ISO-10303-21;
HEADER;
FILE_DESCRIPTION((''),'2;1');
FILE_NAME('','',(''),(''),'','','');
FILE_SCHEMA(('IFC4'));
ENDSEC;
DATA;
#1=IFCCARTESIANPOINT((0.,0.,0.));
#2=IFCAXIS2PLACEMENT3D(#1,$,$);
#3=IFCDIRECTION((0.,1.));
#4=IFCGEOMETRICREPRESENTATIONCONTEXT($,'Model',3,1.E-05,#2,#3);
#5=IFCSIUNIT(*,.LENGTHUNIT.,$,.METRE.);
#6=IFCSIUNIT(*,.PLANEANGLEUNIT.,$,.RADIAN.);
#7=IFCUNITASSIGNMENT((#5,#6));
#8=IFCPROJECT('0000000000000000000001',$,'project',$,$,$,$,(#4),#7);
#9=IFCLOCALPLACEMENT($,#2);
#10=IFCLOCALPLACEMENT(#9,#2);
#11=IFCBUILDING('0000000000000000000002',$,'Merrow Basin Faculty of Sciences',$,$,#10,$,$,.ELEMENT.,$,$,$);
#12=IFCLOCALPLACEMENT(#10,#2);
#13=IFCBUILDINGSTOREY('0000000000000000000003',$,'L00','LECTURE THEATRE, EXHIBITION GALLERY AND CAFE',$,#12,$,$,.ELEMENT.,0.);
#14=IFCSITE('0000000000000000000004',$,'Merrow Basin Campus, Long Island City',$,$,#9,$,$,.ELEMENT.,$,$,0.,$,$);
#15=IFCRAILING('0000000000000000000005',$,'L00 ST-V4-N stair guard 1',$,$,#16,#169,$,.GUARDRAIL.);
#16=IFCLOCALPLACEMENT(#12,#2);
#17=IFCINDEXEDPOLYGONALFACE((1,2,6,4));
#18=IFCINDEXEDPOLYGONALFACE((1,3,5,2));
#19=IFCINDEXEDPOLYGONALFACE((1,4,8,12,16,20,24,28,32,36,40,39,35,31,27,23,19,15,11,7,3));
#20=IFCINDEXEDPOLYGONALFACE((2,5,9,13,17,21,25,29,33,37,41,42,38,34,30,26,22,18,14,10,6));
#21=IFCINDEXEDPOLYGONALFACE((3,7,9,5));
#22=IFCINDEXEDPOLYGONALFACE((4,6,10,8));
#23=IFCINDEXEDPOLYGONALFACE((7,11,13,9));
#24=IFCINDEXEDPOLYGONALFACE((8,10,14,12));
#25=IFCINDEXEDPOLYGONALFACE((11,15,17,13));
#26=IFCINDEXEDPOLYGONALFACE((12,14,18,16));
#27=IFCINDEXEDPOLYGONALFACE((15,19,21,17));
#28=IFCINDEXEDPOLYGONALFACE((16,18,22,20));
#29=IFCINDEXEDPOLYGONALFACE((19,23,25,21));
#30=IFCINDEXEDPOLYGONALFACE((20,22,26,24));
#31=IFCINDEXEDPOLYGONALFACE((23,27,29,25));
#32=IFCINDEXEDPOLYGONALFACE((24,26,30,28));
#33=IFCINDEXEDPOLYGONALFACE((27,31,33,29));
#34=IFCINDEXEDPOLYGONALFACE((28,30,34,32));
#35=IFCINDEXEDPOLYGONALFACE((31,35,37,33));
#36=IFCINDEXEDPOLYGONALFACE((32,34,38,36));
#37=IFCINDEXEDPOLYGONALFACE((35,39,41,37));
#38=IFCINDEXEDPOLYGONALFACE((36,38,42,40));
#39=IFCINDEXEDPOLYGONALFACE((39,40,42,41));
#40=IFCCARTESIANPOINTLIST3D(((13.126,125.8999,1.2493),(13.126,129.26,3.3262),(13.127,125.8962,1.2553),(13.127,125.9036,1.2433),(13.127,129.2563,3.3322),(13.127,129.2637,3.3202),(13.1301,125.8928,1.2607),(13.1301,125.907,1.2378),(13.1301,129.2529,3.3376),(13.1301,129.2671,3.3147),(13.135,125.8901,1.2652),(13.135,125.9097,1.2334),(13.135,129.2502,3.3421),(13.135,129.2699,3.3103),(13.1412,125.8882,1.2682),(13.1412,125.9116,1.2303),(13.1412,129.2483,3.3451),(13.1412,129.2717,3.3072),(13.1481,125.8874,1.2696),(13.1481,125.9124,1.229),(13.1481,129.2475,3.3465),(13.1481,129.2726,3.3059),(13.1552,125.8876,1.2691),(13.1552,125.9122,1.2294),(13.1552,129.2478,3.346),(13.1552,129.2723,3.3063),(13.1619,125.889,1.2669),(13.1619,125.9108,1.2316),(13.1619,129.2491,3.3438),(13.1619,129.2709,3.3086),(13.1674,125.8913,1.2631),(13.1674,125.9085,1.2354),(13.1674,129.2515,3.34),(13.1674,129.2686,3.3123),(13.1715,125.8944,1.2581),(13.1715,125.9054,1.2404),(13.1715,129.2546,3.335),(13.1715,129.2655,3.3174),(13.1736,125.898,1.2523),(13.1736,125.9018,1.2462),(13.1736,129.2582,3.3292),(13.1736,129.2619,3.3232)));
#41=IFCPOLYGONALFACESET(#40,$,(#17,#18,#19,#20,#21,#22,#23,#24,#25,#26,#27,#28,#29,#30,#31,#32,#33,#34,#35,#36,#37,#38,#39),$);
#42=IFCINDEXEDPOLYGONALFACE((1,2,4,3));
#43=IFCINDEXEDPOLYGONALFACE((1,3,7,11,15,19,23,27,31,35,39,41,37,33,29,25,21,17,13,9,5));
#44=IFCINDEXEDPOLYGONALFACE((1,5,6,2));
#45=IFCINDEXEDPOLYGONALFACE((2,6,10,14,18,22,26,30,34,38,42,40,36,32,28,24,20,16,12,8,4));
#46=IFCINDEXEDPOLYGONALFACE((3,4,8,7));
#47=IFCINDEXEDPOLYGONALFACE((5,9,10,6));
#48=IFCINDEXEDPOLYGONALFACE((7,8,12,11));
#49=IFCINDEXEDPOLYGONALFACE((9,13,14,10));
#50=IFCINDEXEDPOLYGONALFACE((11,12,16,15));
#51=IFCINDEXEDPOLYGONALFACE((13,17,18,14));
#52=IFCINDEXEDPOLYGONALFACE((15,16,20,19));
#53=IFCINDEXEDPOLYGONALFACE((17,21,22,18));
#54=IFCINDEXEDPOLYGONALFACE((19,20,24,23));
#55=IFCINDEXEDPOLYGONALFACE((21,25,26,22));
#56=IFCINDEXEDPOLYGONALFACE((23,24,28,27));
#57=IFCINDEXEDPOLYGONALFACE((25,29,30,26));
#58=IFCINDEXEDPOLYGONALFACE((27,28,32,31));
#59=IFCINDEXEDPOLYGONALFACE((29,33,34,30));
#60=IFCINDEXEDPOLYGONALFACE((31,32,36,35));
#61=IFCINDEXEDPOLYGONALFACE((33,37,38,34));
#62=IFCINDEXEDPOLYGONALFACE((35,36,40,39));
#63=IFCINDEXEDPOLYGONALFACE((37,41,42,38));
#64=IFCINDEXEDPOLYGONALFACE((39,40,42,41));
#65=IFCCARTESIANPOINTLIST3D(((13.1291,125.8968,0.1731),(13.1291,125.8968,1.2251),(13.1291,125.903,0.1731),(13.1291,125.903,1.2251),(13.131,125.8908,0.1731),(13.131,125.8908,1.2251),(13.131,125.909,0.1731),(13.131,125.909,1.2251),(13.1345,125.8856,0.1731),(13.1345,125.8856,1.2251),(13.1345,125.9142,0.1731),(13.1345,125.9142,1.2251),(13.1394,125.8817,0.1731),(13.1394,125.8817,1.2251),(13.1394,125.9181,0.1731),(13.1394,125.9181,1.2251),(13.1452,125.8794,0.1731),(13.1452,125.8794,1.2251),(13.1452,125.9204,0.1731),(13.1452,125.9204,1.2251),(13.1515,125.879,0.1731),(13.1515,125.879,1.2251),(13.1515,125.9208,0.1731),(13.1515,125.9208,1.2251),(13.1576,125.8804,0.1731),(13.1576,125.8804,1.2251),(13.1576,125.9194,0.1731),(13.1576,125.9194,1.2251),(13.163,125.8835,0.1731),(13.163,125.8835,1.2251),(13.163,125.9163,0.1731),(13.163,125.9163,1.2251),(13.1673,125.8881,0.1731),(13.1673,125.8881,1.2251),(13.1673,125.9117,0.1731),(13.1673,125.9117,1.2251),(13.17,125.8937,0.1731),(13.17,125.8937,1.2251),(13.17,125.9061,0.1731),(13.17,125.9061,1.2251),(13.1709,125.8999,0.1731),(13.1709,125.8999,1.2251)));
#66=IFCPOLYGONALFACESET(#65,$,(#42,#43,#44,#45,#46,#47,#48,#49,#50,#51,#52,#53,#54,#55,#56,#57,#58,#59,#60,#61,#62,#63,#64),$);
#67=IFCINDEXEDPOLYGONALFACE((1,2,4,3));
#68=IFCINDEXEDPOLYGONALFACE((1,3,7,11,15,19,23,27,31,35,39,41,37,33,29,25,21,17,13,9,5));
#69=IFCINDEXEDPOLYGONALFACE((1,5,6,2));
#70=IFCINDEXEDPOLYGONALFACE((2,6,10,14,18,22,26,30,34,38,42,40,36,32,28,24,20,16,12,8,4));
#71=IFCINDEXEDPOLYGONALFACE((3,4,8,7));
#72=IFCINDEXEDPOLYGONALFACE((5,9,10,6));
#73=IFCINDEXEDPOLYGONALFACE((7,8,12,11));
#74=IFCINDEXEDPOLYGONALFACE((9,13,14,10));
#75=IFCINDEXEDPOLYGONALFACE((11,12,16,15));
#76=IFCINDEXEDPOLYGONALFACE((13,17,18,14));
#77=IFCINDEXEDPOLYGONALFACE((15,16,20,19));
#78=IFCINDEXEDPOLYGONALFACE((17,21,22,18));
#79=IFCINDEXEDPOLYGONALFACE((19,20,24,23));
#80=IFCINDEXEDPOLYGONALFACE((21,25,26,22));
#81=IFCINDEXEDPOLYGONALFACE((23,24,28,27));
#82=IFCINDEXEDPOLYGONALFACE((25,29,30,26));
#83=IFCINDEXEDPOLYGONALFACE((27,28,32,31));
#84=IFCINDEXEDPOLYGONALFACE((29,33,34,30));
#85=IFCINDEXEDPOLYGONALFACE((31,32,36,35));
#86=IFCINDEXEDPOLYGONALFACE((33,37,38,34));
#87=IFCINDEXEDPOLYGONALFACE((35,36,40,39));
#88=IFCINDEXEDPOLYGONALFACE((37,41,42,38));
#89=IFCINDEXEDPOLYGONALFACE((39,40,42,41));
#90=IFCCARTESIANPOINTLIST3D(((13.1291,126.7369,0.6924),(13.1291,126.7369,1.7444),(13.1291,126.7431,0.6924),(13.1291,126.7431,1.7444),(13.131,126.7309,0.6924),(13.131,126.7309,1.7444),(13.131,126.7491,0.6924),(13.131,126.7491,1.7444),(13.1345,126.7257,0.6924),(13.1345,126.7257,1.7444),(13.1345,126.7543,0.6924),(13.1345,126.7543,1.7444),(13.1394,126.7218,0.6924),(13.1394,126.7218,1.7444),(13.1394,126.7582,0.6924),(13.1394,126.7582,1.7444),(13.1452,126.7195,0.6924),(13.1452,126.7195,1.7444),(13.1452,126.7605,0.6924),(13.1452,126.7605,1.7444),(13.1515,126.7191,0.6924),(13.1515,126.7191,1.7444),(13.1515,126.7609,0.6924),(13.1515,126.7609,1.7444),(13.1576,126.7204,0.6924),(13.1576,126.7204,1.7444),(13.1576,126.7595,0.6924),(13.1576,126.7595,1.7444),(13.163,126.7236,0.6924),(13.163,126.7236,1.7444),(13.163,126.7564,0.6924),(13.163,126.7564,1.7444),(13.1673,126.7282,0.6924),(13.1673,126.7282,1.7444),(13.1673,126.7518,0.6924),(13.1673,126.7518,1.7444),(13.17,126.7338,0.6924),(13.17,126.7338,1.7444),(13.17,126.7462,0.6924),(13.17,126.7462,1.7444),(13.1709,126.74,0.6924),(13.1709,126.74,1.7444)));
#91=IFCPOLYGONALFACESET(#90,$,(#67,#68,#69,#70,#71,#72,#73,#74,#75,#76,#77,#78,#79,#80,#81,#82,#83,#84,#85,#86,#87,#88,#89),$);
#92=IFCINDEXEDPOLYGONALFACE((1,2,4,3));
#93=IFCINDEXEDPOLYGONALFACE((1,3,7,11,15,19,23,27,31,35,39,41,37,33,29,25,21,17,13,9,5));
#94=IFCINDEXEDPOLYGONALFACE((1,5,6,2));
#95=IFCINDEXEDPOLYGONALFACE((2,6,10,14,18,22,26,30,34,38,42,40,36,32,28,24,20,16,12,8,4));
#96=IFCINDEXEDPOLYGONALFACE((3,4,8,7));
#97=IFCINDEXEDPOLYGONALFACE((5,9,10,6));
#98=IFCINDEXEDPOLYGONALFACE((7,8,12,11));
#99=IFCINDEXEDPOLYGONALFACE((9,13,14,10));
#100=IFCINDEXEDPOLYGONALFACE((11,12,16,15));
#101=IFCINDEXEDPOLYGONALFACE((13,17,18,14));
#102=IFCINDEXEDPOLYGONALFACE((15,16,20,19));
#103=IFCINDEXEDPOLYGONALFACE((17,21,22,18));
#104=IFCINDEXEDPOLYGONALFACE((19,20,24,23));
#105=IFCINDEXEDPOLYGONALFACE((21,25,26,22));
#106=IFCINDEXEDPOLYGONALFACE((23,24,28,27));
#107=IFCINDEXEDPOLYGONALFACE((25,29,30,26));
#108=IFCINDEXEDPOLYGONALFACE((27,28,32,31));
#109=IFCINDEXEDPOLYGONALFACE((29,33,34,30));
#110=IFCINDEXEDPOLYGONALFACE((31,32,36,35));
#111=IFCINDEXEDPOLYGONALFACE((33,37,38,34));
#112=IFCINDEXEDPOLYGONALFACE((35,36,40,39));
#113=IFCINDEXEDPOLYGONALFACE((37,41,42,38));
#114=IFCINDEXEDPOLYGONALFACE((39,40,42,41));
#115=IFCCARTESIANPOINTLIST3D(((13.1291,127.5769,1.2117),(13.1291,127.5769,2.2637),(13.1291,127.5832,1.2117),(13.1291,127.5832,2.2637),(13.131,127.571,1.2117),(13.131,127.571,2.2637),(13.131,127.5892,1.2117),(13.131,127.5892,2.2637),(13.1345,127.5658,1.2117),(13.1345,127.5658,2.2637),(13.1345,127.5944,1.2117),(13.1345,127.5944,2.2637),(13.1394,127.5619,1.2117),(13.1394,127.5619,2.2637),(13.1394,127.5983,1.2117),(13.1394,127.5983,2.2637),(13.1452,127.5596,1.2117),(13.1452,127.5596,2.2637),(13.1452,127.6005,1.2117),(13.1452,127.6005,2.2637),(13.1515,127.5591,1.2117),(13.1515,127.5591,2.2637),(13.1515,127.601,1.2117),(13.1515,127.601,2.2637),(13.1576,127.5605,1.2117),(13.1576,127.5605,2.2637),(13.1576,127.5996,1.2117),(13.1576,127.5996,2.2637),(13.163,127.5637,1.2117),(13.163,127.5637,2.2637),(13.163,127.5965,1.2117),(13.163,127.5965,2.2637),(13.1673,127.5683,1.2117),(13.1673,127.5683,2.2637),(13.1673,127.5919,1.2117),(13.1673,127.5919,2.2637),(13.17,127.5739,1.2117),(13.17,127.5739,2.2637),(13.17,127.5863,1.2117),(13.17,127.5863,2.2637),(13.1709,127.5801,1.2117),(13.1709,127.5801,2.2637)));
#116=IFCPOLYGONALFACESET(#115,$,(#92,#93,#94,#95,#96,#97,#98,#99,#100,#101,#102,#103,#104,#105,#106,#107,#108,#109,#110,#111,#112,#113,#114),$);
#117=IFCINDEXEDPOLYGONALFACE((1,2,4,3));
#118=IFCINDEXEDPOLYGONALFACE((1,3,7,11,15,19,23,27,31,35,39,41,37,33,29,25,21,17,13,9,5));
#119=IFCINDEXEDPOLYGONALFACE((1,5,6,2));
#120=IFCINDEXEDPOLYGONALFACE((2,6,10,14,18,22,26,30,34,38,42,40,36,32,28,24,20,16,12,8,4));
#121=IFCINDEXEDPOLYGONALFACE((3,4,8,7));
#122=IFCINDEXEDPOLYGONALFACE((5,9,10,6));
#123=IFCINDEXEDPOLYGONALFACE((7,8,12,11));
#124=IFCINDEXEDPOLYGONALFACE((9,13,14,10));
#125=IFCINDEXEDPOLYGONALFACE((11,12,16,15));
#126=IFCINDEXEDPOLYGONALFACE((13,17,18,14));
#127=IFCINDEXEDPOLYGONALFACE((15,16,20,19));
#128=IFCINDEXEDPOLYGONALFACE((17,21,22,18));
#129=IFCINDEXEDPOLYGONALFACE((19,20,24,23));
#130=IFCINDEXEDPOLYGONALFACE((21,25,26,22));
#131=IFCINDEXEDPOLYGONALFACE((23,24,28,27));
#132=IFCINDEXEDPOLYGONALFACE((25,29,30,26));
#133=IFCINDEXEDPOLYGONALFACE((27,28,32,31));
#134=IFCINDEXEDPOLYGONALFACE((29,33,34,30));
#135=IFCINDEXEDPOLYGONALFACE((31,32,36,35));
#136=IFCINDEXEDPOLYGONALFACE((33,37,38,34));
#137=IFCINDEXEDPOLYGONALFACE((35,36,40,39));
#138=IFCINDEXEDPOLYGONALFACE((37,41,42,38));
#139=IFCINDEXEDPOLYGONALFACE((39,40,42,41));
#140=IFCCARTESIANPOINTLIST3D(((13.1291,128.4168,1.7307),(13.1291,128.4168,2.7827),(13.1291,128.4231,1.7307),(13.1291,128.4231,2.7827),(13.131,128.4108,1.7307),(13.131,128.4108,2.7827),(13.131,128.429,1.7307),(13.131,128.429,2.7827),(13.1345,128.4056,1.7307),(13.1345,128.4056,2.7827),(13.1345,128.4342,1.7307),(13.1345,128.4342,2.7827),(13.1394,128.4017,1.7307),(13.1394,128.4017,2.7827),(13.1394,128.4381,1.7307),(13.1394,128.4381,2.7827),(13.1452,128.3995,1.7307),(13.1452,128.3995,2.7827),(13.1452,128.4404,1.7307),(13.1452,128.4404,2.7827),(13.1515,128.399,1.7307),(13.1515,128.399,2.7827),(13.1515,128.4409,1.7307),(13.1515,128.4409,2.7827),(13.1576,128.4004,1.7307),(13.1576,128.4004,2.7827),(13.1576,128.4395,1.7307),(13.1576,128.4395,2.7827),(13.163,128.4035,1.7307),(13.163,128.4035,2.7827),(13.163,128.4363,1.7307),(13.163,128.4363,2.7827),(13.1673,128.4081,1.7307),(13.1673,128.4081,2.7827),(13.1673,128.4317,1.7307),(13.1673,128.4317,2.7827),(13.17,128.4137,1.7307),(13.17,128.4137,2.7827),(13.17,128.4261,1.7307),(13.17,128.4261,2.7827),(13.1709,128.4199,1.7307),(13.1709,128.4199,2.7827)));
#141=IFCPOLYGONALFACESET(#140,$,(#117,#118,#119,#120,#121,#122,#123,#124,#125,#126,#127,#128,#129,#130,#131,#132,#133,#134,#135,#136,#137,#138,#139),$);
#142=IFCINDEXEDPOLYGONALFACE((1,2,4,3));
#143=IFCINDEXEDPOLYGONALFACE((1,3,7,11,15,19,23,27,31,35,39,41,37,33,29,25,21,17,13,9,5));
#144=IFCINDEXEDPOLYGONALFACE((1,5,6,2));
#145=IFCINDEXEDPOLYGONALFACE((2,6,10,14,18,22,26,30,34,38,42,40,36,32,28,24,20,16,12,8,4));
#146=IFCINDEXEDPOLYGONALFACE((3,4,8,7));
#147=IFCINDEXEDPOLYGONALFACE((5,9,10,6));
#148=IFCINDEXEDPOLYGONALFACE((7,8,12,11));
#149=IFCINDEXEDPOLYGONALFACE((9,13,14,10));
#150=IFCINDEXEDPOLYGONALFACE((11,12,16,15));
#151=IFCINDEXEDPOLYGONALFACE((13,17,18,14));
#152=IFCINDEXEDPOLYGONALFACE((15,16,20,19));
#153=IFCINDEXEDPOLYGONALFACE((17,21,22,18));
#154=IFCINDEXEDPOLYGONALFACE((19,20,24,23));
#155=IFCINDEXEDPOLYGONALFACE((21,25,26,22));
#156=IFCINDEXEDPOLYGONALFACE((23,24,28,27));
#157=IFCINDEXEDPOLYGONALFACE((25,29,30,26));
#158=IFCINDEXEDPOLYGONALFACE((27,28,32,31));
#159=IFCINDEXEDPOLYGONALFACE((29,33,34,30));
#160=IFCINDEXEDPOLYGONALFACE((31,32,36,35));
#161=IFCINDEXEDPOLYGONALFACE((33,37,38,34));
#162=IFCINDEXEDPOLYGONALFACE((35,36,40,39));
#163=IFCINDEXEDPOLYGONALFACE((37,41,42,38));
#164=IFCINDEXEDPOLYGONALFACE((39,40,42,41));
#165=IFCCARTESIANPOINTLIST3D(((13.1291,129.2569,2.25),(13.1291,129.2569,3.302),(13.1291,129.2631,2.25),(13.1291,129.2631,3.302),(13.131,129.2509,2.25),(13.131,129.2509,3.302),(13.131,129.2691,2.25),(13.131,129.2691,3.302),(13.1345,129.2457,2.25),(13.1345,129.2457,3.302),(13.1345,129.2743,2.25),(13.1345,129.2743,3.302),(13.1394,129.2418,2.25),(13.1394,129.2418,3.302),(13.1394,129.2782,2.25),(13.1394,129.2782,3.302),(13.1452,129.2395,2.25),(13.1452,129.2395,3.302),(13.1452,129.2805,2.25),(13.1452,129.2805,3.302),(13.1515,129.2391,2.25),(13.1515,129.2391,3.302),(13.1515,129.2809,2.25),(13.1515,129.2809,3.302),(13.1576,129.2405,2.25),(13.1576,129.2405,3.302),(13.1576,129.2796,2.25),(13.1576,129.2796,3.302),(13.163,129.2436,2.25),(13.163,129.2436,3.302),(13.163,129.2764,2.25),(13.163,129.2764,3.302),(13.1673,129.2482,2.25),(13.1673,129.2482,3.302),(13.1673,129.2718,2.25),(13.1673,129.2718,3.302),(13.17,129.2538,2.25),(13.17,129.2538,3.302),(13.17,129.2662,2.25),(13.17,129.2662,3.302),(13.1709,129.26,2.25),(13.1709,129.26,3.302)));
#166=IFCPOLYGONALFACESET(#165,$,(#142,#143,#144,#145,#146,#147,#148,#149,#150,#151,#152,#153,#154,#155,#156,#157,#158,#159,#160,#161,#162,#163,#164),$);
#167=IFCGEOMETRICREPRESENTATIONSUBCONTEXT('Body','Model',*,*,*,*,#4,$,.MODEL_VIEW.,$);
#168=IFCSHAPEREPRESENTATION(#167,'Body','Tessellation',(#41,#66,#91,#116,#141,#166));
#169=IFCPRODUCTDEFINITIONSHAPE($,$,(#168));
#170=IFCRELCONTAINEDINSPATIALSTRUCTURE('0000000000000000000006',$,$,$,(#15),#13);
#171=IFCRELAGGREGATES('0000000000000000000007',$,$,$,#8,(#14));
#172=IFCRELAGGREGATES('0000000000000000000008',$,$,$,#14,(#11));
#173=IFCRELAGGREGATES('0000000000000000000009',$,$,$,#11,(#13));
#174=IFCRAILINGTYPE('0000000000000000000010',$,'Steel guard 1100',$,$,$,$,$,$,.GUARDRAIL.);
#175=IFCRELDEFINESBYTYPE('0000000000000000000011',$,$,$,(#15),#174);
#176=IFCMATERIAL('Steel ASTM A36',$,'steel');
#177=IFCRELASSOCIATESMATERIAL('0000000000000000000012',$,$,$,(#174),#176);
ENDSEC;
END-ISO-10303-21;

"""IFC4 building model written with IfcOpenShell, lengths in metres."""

from ifc_helpers import new_model, si_unit, direction, frame, origin, origin_2d, place, context, subcontext, project, spatial, circle, extrude, material, type_object, element, save


model = new_model("IFC4")

# Units and contexts
model_context = context("Model", 3, precision=1e-05, world=origin(), true_north=direction((0.0, 1.0)))
body_context = subcontext(model_context, "Body", "Model", "MODEL_VIEW")
ifc_project = project(units=[si_unit("LENGTHUNIT", "METRE"), si_unit("PLANEANGLEUNIT", "RADIAN")], contexts=[model_context])

# Site, building, storey
site_placement = place(None, origin())
site = spatial("IfcSite", under=ifc_project, at=site_placement, Name="Merrow Basin Campus, Long Island City", CompositionType="ELEMENT", RefElevation=0.0)
building_placement = place(site_placement, origin())
building = spatial("IfcBuilding", under=site, at=building_placement, Name="Merrow Basin Faculty of Sciences", CompositionType="ELEMENT")
storey_placement = place(building_placement, origin())
storey = spatial("IfcBuildingStorey", under=building, at=storey_placement, Name="L00", Description="LECTURE THEATRE, EXHIBITION GALLERY AND CAFE", CompositionType="ELEMENT", Elevation=0.0)

# Railing
ifc_material_1 = material(Name="Steel ASTM A36", Category="steel")
railing_type_1 = type_object("IfcRailingType", Name="Steel guard 1100", PredefinedType="GUARDRAIL", material=ifc_material_1)
railing_1_placement = place(storey_placement, frame((13.1499, 125.8999, 0.1731)))
element("IfcRailing", 1, at=railing_1_placement, inside=storey, type_object=railing_type_1, Name="L00 ST-V4-N stair guard 1", PredefinedType="GUARDRAIL", context=body_context, shape_type="SweptSolid", body=[
    extrude(circle(Radius=0.0239, at=origin_2d()), frame((0.0, 0.0, 1.0762), z_axis=(0.0, 0.850623, 0.525776), x_axis=(-1.0, 0.0, 0.0)), (0.0, 0.0, 1.0), 3.9502),
    extrude(circle(Radius=0.021, at=origin_2d()), origin(), (0.0, 0.0, 1.0), 1.052),
    extrude(circle(Radius=0.021, at=origin_2d()), frame((0.0, 0.8401, 0.5193)), (0.0, 0.0, 1.0), 1.052),
    extrude(circle(Radius=0.021, at=origin_2d()), frame((0.0, 1.6802, 1.0386)), (0.0, 0.0, 1.0), 1.052),
    extrude(circle(Radius=0.021, at=origin_2d()), frame((0.0, 2.52, 1.5576)), (0.0, 0.0, 1.0), 1.052),
    extrude(circle(Radius=0.021, at=origin_2d()), frame((0.0, 3.3601, 2.0769)), (0.0, 0.0, 1.0), 1.052),
])

save(model, "model.ifc")
